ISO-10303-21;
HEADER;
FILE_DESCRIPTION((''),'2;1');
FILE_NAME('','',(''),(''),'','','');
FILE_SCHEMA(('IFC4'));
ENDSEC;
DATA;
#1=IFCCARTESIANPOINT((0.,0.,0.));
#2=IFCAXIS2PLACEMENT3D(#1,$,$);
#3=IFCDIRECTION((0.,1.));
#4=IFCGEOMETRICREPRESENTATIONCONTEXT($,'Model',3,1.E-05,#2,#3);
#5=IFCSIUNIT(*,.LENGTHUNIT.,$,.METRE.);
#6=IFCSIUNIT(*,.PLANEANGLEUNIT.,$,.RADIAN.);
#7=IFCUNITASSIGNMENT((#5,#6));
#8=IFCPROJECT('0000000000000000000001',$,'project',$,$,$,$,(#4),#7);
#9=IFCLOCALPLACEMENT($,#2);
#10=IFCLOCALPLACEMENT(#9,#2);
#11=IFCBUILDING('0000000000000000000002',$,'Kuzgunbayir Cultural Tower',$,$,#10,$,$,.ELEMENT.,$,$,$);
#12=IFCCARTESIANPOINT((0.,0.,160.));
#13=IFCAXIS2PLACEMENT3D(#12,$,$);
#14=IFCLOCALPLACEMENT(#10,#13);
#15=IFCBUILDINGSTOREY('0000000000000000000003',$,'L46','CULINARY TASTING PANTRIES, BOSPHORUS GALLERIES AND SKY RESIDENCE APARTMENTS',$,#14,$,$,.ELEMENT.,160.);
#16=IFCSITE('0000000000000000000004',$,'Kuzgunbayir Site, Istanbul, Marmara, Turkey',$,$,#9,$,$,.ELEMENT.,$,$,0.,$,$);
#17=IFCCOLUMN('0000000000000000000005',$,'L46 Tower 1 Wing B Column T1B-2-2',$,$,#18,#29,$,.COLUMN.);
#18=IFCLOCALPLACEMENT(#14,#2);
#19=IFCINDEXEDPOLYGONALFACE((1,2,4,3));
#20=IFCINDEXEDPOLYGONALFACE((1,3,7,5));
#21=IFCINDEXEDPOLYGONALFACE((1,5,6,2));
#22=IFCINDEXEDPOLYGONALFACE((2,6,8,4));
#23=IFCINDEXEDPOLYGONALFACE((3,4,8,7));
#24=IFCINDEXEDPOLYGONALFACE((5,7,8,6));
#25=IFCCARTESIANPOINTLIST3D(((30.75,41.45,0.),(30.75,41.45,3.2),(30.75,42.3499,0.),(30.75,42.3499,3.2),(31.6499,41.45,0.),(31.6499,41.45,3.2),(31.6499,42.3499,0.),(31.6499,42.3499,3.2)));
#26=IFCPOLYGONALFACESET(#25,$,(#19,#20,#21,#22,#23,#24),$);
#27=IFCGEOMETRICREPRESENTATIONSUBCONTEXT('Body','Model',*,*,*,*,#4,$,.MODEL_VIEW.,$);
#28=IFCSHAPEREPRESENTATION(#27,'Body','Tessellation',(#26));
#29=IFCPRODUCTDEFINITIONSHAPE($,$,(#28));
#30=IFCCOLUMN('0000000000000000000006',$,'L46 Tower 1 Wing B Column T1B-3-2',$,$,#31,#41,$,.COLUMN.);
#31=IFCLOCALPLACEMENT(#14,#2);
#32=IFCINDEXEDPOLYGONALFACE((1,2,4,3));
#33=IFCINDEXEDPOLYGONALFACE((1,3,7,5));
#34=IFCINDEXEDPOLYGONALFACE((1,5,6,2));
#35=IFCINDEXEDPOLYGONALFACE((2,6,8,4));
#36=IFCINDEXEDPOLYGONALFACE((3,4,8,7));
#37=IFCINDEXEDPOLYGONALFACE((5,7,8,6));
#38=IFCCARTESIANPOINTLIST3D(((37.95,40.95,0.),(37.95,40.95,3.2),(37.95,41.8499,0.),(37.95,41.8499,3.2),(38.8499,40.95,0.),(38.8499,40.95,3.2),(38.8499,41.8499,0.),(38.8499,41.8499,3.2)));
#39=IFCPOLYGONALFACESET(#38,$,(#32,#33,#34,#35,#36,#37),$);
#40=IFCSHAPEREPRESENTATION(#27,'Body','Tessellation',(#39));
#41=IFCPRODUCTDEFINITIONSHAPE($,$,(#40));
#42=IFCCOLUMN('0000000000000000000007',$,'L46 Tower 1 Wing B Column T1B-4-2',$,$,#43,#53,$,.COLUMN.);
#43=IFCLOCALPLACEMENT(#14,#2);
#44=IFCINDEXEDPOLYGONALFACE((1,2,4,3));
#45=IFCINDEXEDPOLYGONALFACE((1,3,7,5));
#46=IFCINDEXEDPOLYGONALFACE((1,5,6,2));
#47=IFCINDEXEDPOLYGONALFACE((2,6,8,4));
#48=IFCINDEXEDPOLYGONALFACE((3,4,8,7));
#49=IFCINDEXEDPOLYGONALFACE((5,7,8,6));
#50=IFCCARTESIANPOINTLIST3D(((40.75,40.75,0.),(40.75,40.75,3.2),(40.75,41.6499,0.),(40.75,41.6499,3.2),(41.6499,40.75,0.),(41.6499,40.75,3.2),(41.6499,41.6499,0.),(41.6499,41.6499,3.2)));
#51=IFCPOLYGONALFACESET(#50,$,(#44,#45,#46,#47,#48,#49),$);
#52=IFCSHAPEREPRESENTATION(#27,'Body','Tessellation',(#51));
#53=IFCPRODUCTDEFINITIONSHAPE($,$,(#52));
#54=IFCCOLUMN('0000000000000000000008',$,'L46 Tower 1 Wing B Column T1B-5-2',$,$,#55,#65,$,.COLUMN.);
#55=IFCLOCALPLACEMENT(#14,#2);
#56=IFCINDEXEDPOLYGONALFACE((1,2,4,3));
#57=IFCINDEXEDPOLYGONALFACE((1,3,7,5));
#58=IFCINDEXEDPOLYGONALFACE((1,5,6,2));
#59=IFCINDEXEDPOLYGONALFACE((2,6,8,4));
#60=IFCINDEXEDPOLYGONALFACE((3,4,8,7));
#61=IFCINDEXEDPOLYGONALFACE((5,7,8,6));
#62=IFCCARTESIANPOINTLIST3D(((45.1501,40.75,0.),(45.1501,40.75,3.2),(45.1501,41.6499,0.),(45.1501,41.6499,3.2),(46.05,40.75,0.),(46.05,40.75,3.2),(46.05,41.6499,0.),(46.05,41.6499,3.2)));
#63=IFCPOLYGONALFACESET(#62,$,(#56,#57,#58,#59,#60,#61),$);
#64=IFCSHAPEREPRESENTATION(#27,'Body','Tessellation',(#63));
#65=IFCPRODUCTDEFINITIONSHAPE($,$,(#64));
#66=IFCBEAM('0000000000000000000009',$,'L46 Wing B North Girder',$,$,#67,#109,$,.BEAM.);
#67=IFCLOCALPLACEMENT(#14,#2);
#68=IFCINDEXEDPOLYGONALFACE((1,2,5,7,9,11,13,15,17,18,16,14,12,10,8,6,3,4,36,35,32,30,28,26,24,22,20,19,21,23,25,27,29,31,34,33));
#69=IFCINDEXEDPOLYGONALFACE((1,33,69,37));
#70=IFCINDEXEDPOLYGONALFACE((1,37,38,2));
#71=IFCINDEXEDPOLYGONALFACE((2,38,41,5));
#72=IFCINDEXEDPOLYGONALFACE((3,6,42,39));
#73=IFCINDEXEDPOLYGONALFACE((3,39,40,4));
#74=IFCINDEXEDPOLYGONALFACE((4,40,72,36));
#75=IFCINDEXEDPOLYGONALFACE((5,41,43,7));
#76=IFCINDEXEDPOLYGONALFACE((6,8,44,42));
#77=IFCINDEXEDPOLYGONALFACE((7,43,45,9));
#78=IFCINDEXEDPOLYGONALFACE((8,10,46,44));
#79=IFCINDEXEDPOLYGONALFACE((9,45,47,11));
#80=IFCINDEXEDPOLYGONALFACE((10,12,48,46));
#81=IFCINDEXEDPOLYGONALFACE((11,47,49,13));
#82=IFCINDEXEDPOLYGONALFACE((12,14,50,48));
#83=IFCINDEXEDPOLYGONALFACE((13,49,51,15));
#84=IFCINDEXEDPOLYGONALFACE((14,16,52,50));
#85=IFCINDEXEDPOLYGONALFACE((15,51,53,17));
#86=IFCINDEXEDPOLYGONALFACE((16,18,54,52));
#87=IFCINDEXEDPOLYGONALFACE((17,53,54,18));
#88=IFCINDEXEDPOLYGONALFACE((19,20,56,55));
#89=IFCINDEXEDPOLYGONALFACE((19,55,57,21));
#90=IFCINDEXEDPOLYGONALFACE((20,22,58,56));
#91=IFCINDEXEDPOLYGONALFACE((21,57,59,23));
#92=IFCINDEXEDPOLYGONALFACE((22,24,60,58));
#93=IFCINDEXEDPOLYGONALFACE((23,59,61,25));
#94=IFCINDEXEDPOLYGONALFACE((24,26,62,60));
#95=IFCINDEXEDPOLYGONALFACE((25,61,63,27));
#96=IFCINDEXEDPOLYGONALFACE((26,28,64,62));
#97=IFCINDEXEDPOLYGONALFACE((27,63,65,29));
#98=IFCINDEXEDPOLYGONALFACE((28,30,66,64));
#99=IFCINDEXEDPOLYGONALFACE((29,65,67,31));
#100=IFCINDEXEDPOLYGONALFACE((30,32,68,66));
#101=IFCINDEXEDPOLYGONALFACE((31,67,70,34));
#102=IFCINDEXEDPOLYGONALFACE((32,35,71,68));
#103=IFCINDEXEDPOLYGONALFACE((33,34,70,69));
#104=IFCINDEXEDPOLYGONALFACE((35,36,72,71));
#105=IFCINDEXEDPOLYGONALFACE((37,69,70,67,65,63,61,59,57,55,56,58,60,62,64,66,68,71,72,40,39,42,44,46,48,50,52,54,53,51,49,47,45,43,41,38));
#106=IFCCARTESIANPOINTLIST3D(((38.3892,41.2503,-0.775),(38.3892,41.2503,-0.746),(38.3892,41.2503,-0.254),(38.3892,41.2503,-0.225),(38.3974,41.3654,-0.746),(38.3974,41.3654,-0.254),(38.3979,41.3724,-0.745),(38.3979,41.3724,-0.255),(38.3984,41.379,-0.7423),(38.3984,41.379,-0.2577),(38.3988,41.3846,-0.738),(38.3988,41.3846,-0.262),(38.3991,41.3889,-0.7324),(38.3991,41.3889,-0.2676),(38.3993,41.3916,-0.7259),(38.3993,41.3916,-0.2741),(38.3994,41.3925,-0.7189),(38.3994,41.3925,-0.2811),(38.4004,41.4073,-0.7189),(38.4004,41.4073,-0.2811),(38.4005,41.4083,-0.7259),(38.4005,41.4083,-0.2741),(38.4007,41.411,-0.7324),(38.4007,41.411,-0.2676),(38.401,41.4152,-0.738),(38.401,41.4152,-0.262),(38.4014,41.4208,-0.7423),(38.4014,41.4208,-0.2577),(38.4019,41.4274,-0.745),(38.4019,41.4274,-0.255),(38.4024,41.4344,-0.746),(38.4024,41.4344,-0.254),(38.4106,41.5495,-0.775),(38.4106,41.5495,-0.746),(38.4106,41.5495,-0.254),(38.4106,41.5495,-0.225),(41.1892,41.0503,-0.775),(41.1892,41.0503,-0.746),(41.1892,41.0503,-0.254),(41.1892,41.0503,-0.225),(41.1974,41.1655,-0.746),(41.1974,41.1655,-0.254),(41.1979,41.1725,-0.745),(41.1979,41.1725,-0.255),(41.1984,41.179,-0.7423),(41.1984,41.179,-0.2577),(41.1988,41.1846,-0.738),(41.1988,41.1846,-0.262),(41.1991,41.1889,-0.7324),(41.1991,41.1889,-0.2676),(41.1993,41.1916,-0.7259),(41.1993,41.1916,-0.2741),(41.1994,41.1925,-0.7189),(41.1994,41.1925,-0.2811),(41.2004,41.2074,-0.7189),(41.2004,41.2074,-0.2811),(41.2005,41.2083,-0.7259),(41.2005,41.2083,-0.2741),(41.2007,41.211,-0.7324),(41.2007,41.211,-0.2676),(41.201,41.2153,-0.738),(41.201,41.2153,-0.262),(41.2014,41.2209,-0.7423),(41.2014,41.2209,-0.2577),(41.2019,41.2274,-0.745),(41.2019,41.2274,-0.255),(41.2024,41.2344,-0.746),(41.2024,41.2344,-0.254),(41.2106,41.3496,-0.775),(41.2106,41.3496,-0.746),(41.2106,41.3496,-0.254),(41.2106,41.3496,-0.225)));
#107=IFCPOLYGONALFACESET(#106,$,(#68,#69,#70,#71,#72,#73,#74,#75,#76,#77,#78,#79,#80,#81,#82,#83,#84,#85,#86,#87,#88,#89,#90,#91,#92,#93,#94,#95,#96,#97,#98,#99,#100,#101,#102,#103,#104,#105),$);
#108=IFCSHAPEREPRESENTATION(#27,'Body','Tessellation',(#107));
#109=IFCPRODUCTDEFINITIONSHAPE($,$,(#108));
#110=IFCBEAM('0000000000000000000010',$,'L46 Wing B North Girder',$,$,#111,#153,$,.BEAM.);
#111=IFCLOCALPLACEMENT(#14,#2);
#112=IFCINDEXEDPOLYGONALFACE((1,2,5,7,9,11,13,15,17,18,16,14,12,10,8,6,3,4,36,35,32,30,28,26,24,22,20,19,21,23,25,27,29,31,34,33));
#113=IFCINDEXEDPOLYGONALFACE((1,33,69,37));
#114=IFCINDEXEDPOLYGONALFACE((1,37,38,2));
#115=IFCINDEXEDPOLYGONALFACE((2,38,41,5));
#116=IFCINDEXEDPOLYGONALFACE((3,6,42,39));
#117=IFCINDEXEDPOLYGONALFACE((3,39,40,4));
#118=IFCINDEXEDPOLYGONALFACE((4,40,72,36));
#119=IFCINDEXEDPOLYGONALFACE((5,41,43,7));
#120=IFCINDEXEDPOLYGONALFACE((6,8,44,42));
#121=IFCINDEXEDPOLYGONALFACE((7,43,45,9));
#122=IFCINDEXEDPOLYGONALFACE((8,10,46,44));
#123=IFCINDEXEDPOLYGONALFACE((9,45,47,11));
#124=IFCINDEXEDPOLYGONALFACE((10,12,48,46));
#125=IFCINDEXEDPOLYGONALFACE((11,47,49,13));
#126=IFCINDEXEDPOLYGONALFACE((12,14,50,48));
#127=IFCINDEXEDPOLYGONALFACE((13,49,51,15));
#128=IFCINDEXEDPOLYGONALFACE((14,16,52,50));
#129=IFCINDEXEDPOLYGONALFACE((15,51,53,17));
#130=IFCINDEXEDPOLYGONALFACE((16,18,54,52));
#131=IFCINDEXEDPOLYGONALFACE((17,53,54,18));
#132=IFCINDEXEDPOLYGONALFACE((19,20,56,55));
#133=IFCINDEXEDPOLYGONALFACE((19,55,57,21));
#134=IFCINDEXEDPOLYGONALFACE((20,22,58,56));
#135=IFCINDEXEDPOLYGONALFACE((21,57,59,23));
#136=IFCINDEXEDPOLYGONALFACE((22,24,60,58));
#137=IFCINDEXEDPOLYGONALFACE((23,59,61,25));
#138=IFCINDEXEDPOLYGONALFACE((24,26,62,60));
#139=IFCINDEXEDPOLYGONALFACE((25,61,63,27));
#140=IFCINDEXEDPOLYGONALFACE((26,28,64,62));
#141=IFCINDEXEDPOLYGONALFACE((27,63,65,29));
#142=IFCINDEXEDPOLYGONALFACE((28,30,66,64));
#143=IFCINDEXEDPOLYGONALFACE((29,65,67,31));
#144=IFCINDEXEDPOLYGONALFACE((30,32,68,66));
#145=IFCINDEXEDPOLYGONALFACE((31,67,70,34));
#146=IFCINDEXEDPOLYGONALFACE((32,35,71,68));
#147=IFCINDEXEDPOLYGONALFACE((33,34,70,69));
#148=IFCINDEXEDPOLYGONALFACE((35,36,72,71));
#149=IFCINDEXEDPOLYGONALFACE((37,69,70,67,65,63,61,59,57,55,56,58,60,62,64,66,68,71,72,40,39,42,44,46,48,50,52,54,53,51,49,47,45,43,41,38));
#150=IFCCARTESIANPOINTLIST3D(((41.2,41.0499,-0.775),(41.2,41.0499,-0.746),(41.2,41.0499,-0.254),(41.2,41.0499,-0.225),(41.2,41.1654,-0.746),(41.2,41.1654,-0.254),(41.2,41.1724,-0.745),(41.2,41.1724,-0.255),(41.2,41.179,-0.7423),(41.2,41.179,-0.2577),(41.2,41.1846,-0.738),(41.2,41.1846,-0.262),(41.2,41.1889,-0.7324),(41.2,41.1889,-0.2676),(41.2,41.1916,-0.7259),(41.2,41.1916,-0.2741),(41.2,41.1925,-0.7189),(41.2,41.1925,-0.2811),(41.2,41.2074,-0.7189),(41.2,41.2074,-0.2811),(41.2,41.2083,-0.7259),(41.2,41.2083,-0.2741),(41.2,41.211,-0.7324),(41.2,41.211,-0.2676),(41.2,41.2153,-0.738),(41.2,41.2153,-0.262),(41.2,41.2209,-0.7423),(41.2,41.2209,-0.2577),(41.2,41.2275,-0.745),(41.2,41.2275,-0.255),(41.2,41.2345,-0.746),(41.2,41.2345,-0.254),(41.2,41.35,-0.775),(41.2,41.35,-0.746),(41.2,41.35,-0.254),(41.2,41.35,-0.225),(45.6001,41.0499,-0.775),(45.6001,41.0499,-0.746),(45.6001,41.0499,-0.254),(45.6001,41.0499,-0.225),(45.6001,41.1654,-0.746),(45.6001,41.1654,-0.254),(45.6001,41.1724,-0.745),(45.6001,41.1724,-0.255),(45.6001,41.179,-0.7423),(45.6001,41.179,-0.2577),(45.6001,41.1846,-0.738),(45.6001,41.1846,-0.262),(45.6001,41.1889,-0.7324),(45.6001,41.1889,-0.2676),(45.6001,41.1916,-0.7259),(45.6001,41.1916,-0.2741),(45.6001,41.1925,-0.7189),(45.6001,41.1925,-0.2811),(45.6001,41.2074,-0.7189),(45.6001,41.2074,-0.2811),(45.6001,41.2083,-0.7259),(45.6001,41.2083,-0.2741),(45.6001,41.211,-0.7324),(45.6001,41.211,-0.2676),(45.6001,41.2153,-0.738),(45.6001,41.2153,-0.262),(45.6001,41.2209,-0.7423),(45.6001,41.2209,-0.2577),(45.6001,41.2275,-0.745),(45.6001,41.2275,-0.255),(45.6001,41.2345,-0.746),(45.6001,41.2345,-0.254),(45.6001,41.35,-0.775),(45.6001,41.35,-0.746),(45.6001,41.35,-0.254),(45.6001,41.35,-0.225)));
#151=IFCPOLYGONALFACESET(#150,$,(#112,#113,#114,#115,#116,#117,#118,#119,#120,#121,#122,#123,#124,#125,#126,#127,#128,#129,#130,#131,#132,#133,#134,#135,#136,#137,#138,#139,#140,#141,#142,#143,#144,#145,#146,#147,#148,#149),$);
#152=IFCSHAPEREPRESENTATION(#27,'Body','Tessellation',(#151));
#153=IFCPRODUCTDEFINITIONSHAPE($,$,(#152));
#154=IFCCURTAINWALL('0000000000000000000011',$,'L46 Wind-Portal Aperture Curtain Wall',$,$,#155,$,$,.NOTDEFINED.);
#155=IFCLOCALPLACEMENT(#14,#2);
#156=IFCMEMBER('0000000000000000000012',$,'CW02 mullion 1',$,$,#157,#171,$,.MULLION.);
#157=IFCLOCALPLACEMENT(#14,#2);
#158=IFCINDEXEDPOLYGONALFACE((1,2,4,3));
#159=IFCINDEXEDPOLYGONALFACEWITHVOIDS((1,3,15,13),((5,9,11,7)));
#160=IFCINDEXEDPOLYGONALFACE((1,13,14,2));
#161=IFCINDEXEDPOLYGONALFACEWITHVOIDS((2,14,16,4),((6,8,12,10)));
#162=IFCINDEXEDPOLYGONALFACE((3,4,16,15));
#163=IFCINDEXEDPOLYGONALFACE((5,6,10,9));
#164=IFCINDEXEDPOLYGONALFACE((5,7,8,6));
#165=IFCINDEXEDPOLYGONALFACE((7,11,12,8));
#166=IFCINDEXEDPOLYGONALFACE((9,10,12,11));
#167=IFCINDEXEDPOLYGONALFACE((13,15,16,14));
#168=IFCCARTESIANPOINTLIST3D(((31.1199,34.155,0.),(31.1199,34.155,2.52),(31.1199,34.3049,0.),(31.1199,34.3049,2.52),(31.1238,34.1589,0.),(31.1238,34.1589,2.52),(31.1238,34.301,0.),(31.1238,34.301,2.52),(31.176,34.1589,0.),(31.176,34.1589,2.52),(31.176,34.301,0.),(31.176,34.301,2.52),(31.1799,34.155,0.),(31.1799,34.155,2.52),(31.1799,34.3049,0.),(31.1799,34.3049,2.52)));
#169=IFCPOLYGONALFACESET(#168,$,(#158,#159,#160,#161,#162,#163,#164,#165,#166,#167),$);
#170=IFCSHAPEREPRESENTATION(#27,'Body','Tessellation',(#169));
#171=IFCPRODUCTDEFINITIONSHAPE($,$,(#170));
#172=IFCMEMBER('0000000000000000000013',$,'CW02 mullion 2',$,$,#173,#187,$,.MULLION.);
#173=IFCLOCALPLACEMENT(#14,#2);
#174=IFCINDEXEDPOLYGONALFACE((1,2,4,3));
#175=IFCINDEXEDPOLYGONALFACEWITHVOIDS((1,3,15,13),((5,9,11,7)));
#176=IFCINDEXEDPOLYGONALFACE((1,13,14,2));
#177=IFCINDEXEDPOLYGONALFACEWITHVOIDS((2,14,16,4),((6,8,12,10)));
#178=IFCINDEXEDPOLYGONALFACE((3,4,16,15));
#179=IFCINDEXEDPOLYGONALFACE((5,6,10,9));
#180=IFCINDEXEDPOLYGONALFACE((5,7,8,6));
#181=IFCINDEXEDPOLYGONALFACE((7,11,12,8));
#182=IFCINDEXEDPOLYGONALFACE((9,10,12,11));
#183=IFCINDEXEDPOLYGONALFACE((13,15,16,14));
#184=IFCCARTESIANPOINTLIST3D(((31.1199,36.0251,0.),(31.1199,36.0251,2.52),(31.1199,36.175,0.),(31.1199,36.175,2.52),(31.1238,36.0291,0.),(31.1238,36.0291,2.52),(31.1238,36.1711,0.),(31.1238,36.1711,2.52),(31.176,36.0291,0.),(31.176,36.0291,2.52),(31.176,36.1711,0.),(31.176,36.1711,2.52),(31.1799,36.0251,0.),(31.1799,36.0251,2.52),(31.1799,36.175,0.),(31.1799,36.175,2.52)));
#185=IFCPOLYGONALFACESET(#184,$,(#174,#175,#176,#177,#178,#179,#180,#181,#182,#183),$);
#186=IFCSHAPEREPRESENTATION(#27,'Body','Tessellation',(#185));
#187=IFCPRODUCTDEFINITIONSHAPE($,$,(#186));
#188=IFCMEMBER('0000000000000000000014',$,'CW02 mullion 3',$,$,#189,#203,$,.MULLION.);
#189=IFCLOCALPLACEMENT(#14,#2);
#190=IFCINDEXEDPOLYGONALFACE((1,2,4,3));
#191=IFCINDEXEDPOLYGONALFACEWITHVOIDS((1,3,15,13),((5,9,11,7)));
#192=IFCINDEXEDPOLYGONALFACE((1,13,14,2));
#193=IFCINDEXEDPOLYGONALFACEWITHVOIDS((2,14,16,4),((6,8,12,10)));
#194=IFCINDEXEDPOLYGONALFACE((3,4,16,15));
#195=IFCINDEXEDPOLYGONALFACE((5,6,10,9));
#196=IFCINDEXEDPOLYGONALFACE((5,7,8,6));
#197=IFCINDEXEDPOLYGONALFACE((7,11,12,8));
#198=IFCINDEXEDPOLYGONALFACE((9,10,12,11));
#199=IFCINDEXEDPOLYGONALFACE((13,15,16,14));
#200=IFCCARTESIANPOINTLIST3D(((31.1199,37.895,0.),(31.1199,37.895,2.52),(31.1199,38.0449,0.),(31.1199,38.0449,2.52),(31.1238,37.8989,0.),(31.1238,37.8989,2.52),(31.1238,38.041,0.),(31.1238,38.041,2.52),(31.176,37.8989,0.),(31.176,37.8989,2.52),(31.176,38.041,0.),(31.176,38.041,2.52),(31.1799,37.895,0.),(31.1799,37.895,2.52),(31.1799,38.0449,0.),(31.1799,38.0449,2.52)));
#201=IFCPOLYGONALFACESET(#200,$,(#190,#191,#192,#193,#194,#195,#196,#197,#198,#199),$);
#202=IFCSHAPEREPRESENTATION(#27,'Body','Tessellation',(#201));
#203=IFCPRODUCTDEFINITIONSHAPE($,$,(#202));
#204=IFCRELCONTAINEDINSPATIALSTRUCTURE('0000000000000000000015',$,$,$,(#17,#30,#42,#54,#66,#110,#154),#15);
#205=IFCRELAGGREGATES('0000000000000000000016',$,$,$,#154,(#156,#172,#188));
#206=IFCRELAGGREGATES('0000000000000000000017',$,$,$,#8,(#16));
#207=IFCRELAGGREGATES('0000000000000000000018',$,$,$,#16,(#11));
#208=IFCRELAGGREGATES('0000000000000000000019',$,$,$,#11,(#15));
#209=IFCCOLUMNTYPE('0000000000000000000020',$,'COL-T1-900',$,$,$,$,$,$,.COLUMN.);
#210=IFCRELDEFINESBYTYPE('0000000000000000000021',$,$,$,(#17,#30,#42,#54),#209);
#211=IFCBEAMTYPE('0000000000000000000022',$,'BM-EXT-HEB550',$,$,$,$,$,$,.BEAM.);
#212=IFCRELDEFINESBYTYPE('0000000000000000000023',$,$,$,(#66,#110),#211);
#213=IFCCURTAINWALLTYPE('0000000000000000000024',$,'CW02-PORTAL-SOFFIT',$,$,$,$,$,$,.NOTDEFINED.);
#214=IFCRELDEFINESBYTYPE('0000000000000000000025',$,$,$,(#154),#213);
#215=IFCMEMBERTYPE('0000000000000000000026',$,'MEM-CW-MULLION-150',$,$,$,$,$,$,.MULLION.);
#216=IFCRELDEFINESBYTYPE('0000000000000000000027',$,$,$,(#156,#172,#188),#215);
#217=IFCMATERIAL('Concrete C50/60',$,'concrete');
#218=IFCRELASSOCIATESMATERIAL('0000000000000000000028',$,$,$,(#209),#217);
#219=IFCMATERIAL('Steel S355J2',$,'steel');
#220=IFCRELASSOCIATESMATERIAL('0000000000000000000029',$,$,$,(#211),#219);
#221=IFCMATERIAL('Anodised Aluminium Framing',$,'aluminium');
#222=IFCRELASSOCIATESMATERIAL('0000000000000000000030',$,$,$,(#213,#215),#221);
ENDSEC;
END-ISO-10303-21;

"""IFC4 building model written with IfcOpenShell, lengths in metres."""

from ifc_helpers import new_model, si_unit, direction, frame, origin, origin_2d, place, context, subcontext, project, spatial, rectangle, hollow_rectangle, i_section, extrude, material, material_profile, profile_set, type_object, element, aggregate, save


model = new_model("IFC4")

# Units and contexts
model_context = context("Model", 3, precision=1e-05, world=origin(), true_north=direction((0.0, 1.0)))
body_context = subcontext(model_context, "Body", "Model", "MODEL_VIEW")
ifc_project = project(units=[si_unit("LENGTHUNIT", "METRE"), si_unit("PLANEANGLEUNIT", "RADIAN")], contexts=[model_context])

# Site, building, storey
site_placement = place(None, origin())
site = spatial("IfcSite", under=ifc_project, at=site_placement, Name="Kuzgunbayir Site, Istanbul, Marmara, Turkey", CompositionType="ELEMENT", RefElevation=0.0)
building_placement = place(site_placement, origin())
building = spatial("IfcBuilding", under=site, at=building_placement, Name="Kuzgunbayir Cultural Tower", CompositionType="ELEMENT")
storey_placement = place(building_placement, frame((0.0, 0.0, 160.0)))
storey = spatial("IfcBuildingStorey", under=building, at=storey_placement, Name="L46", Description="CULINARY TASTING PANTRIES, BOSPHORUS GALLERIES AND SKY RESIDENCE APARTMENTS", CompositionType="ELEMENT", Elevation=160.0)

# Columns
ifc_material_1 = material(Name="Concrete C50/60", Category="concrete")
ifc_material_profile_1 = material_profile(ifc_material_1, rectangle(XDim=0.8999, YDim=0.8999, at=origin_2d()), Name="RC 900x900")
ifc_profile_set_1 = profile_set([ifc_material_profile_1], Name="Concrete C50/60")
column_type = type_object("IfcColumnType", Name="COL-T1-900", PredefinedType="COLUMN", material=ifc_profile_set_1)
for number, where, z_axis, x_axis, name in (
    (1, (31.2, 41.8999, 0.0), (0.0, 0.0, 1.0), (1.0, 0.0, 0.0), "L46 Tower 1 Wing B Column T1B-2-2"),
    (2, (38.3999, 41.3999, 0.0), (0.0, 0.0, 1.0), (1.0, 0.0, 0.0), "L46 Tower 1 Wing B Column T1B-3-2"),
    (3, (41.2, 41.2, 0.0), (0.0, 0.0, 1.0), (1.0, 0.0, 0.0), "L46 Tower 1 Wing B Column T1B-4-2"),
    (4, (45.6001, 41.2, 0.0), (0.0, 0.0, 1.0), (1.0, 0.0, 0.0), "L46 Tower 1 Wing B Column T1B-5-2"),
):
    element("IfcColumn", number, at=place(storey_placement, frame(where, z_axis=z_axis, x_axis=x_axis)), inside=storey, type_object=column_type, Name=name, PredefinedType="COLUMN", context=body_context, shape_type="SweptSolid", body=[
        extrude(rectangle(XDim=0.8999, YDim=0.8999, at=origin_2d()), origin(), (0.0, 0.0, 1.0), 3.2),
    ])

# Beams
ifc_material_2 = material(Name="Steel S355J2", Category="steel")
ifc_material_profile_2 = material_profile(ifc_material_2, i_section(OverallWidth=0.3, OverallDepth=0.55, WebThickness=0.0149, FlangeThickness=0.0291, FilletRadius=0.0271, at=origin_2d()), Name="HEB 550")
ifc_profile_set_2 = profile_set([ifc_material_profile_2], Name="Steel S355J2")
beam_type = type_object("IfcBeamType", Name="BM-EXT-HEB550", PredefinedType="BEAM", material=ifc_profile_set_2)
beam_1_placement = place(storey_placement, frame((38.3999, 41.3999, -0.5), z_axis=(0.99746, -0.071229, 0.0), x_axis=(0.071229, 0.99746, 0.0)))
element("IfcBeam", 5, at=beam_1_placement, inside=storey, type_object=beam_type, Name="L46 Wing B North Girder", PredefinedType="BEAM", context=body_context, shape_type="SweptSolid", body=[
    extrude(i_section(OverallWidth=0.3, OverallDepth=0.55, WebThickness=0.0149, FlangeThickness=0.0291, FilletRadius=0.0271, at=origin_2d()), origin(), (0.0, 0.0, 1.0), 2.8071),
])
beam_2_placement = place(storey_placement, frame((41.2, 41.2, -0.5), z_axis=(1.0, 0.0, 0.0), x_axis=(0.0, 1.0, 0.0)))
element("IfcBeam", 6, at=beam_2_placement, inside=storey, type_object=beam_type, Name="L46 Wing B North Girder", PredefinedType="BEAM", context=body_context, shape_type="SweptSolid", body=[
    extrude(i_section(OverallWidth=0.3, OverallDepth=0.55, WebThickness=0.0149, FlangeThickness=0.0291, FilletRadius=0.0271, at=origin_2d()), origin(), (0.0, 0.0, 1.0), 4.4001),
])

# Curtain wall, members
ifc_material_3 = material(Name="Anodised Aluminium Framing", Category="aluminium")
curtain_wall_type = type_object("IfcCurtainWallType", Name="CW02-PORTAL-SOFFIT", PredefinedType="NOTDEFINED", material=ifc_material_3)
curtain_wall_placement = place(storey_placement, origin())
curtain_wall = element("IfcCurtainWall", 7, at=curtain_wall_placement, inside=storey, type_object=curtain_wall_type, Name="L46 Wind-Portal Aperture Curtain Wall", PredefinedType="NOTDEFINED")
ifc_material_profile_3 = material_profile(ifc_material_3, hollow_rectangle(XDim=0.0601, YDim=0.1499, WallThickness=0.0039, at=origin_2d()), Name="RHS 150x60x4")
ifc_profile_set_3 = profile_set([ifc_material_profile_3], Name="Anodised Aluminium Framing")
member_type_1 = type_object("IfcMemberType", Name="MEM-CW-MULLION-150", PredefinedType="MULLION", material=ifc_profile_set_3)
member_1_placement = place(storey_placement, frame((31.1499, 34.23, 0.0), z_axis=(0.0, 0.0, 1.0), x_axis=(-1.0, 0.0, 0.0)))
member_1 = element("IfcMember", 8, at=member_1_placement, type_object=member_type_1, Name="CW02 mullion 1", PredefinedType="MULLION", context=body_context, shape_type="SweptSolid", body=[
    extrude(hollow_rectangle(XDim=0.0601, YDim=0.1499, WallThickness=0.0039, at=origin_2d()), origin(), (0.0, 0.0, 1.0), 2.52),
])
member_2_placement = place(storey_placement, frame((31.1499, 36.1001, 0.0), z_axis=(0.0, 0.0, 1.0), x_axis=(-1.0, 0.0, 0.0)))
member_2 = element("IfcMember", 9, at=member_2_placement, type_object=member_type_1, Name="CW02 mullion 2", PredefinedType="MULLION", context=body_context, shape_type="SweptSolid", body=[
    extrude(hollow_rectangle(XDim=0.0601, YDim=0.1499, WallThickness=0.0039, at=origin_2d()), origin(), (0.0, 0.0, 1.0), 2.52),
])
member_3_placement = place(storey_placement, frame((31.1499, 37.97, 0.0), z_axis=(0.0, 0.0, 1.0), x_axis=(-1.0, 0.0, 0.0)))
member_3 = element("IfcMember", 10, at=member_3_placement, type_object=member_type_1, Name="CW02 mullion 3", PredefinedType="MULLION", context=body_context, shape_type="SweptSolid", body=[
    extrude(hollow_rectangle(XDim=0.0601, YDim=0.1499, WallThickness=0.0039, at=origin_2d()), origin(), (0.0, 0.0, 1.0), 2.52),
])
aggregate(curtain_wall, [member_1, member_2, member_3])

save(model, "model.ifc")
